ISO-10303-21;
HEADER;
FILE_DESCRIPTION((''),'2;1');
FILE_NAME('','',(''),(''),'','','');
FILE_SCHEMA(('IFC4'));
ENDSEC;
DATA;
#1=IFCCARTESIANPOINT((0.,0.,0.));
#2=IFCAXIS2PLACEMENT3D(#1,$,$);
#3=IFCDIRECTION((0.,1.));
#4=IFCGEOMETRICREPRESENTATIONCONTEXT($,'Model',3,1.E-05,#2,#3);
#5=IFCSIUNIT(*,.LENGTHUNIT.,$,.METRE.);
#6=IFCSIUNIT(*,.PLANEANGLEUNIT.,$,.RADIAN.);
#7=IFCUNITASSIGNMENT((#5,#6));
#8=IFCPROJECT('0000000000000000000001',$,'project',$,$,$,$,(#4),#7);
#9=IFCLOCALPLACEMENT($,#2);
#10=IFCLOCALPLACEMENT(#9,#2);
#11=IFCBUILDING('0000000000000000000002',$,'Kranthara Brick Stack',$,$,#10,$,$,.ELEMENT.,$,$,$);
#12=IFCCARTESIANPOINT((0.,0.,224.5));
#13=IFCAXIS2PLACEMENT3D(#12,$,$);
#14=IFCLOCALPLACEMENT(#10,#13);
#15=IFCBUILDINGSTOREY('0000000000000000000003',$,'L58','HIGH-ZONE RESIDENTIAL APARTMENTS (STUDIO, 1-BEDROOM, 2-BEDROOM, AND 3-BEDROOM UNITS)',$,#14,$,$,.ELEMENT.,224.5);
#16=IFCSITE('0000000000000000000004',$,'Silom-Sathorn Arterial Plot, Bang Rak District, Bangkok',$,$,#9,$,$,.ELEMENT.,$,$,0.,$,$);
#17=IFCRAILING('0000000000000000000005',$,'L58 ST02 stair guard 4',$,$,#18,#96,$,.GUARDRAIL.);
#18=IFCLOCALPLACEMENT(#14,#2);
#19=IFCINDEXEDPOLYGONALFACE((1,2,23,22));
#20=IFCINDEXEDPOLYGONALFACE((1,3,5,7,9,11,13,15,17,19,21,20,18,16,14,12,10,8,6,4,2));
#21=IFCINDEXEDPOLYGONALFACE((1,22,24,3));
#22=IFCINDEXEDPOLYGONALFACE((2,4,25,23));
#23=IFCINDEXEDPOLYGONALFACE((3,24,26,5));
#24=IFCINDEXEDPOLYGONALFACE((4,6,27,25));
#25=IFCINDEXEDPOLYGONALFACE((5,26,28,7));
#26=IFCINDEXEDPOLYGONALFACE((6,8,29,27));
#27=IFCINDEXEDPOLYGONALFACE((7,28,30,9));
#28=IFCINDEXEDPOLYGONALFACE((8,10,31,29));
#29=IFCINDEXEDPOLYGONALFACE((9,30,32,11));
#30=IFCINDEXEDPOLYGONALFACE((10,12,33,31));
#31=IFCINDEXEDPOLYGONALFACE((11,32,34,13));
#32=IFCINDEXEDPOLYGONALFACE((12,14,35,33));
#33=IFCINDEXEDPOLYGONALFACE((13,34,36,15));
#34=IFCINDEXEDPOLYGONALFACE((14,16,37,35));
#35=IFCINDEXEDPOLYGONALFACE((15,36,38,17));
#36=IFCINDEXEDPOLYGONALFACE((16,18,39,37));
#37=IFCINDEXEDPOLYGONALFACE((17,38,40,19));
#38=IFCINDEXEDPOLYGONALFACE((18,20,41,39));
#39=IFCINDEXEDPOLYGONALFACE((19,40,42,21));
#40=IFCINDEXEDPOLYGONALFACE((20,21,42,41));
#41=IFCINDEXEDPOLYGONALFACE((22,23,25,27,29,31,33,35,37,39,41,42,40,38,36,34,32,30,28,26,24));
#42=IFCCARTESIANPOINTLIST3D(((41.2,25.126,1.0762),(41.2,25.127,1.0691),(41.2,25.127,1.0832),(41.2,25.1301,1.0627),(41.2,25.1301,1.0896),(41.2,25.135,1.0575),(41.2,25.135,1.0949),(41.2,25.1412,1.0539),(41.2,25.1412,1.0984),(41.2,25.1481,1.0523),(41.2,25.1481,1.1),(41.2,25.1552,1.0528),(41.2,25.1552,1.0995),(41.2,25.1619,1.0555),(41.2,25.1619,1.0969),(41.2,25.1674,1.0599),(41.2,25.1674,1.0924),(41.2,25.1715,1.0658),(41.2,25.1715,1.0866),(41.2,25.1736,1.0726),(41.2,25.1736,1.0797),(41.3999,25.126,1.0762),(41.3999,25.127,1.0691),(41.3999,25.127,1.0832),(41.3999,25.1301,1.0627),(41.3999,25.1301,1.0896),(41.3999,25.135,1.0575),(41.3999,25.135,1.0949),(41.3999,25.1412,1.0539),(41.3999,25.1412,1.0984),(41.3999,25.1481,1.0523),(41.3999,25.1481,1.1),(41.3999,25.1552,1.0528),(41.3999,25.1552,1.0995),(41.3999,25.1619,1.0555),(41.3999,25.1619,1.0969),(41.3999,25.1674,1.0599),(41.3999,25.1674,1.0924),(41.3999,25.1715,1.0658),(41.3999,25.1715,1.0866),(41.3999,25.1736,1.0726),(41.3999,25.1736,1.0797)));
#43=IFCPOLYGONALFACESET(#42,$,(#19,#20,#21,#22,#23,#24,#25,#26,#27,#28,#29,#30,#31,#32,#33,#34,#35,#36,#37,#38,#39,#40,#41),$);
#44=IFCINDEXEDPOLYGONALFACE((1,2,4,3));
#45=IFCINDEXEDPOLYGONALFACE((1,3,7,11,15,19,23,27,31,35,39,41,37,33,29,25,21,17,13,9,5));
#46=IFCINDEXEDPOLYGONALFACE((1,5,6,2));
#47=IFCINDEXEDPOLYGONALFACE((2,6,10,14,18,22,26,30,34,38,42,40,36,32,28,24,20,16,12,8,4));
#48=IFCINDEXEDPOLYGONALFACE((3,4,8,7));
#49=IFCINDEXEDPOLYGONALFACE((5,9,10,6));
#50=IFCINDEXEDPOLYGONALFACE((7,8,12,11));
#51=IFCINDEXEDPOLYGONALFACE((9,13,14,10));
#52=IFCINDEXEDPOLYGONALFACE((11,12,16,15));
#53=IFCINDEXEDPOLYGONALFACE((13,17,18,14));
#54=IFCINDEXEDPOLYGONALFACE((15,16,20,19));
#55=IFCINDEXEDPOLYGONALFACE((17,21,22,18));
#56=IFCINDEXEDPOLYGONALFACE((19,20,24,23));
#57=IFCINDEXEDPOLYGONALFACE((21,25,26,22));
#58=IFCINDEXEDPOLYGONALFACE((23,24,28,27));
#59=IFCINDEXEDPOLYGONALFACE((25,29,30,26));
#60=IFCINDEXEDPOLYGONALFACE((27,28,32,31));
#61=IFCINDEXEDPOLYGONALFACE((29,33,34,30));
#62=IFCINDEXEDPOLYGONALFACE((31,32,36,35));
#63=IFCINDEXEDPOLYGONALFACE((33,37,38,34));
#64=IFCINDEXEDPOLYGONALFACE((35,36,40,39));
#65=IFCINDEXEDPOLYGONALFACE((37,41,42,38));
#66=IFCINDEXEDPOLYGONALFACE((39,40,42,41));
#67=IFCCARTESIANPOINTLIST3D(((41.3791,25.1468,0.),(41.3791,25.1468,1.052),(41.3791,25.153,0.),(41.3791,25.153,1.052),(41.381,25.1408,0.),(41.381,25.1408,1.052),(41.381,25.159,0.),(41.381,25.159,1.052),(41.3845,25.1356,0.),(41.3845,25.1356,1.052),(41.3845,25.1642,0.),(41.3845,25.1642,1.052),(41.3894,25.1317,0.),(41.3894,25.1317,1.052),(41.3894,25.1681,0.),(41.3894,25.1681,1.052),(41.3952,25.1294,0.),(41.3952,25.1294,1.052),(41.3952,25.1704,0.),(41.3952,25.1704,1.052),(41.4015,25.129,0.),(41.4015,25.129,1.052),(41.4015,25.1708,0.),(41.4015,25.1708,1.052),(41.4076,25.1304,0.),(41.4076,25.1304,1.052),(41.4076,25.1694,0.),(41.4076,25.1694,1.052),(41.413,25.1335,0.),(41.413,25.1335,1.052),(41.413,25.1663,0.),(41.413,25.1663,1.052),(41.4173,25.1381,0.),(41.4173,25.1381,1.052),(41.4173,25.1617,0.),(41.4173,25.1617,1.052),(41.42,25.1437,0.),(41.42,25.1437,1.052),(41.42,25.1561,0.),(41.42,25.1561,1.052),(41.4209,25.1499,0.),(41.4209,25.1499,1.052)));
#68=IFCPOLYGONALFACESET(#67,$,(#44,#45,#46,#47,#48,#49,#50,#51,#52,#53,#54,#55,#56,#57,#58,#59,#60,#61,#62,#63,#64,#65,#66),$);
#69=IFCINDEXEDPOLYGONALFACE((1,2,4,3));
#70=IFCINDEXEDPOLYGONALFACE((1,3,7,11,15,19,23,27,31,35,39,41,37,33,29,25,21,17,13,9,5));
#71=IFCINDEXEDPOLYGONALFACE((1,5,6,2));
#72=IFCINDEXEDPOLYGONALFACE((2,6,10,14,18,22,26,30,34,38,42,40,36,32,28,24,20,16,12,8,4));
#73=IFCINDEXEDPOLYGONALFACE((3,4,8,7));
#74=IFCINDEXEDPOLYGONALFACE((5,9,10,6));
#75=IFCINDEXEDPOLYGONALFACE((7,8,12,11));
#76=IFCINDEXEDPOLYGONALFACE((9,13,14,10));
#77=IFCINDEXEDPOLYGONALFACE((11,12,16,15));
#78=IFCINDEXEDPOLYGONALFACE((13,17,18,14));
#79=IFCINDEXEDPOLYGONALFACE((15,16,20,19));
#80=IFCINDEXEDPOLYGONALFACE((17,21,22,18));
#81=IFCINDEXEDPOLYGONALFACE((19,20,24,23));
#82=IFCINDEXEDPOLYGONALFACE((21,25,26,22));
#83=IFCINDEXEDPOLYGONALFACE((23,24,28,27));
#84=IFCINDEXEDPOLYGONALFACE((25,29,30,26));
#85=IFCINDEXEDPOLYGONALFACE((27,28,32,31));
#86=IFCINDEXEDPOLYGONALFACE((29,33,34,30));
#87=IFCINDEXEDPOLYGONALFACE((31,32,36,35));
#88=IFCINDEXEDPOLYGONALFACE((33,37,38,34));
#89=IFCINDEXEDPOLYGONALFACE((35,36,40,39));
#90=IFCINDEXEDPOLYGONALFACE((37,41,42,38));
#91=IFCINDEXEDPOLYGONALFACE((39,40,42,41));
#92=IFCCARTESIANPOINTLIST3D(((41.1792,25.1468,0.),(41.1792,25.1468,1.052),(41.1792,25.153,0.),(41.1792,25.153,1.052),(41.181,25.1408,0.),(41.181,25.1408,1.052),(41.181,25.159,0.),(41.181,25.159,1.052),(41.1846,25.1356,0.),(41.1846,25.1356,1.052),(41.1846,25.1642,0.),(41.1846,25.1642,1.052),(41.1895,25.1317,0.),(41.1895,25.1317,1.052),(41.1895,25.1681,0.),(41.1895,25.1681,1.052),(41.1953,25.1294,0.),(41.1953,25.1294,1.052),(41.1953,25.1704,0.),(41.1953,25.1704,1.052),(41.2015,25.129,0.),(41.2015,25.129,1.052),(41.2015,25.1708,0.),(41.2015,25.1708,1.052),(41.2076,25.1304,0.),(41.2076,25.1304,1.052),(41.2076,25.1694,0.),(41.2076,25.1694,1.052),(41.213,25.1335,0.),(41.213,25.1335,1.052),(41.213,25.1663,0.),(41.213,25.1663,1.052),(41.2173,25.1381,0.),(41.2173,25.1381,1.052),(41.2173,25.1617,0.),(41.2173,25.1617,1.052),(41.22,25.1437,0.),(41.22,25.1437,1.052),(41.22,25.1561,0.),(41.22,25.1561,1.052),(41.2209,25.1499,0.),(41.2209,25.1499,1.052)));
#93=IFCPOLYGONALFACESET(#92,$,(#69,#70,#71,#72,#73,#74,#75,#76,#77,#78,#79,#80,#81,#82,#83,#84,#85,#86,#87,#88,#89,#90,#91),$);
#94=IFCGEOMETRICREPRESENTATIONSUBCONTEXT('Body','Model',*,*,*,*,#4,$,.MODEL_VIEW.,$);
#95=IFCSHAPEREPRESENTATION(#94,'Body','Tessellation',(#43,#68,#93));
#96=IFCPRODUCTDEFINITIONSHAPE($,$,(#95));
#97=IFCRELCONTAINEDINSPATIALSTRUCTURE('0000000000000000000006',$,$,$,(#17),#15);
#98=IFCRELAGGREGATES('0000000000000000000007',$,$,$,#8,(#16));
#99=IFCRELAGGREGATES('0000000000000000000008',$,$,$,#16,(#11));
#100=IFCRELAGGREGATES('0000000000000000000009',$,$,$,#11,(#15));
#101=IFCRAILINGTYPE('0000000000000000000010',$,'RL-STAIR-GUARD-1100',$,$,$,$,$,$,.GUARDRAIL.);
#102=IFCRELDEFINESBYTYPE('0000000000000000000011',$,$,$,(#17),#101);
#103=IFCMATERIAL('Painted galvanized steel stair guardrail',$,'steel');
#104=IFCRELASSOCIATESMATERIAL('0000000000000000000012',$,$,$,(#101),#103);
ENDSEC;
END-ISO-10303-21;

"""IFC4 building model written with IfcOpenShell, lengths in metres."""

from ifc_helpers import new_model, si_unit, direction, frame, origin, origin_2d, place, context, subcontext, project, spatial, circle, extrude, material, type_object, element, save


model = new_model("IFC4")

# Units and contexts
model_context = context("Model", 3, precision=1e-05, world=origin(), true_north=direction((0.0, 1.0)))
body_context = subcontext(model_context, "Body", "Model", "MODEL_VIEW")
ifc_project = project(units=[si_unit("LENGTHUNIT", "METRE"), si_unit("PLANEANGLEUNIT", "RADIAN")], contexts=[model_context])

# Site, building, storey
site_placement = place(None, origin())
site = spatial("IfcSite", under=ifc_project, at=site_placement, Name="Silom-Sathorn Arterial Plot, Bang Rak District, Bangkok", CompositionType="ELEMENT", RefElevation=0.0)
building_placement = place(site_placement, origin())
building = spatial("IfcBuilding", under=site, at=building_placement, Name="Kranthara Brick Stack", CompositionType="ELEMENT")
storey_placement = place(building_placement, frame((0.0, 0.0, 224.5)))
storey = spatial("IfcBuildingStorey", under=building, at=storey_placement, Name="L58", Description="HIGH-ZONE RESIDENTIAL APARTMENTS (STUDIO, 1-BEDROOM, 2-BEDROOM, AND 3-BEDROOM UNITS)", CompositionType="ELEMENT", Elevation=224.5)

# Railing
ifc_material_1 = material(Name="Painted galvanized steel stair guardrail", Category="steel")
railing_type_1 = type_object("IfcRailingType", Name="RL-STAIR-GUARD-1100", PredefinedType="GUARDRAIL", material=ifc_material_1)
railing_1_placement = place(storey_placement, frame((41.3999, 25.1499, 0.0)))
element("IfcRailing", 1, at=railing_1_placement, inside=storey, type_object=railing_type_1, Name="L58 ST02 stair guard 4", PredefinedType="GUARDRAIL", context=body_context, shape_type="SweptSolid", body=[
    extrude(circle(Radius=0.0239, at=origin_2d()), frame((0.0, 0.0, 1.0762), z_axis=(-1.0, 0.0, 0.0), x_axis=(0.0, -1.0, 0.0)), (0.0, 0.0, 1.0), 0.2),
    extrude(circle(Radius=0.021, at=origin_2d()), origin(), (0.0, 0.0, 1.0), 1.052),
    extrude(circle(Radius=0.021, at=origin_2d()), frame((-0.2, 0.0, 0.0)), (0.0, 0.0, 1.0), 1.052),
])

save(model, "model.ifc")
